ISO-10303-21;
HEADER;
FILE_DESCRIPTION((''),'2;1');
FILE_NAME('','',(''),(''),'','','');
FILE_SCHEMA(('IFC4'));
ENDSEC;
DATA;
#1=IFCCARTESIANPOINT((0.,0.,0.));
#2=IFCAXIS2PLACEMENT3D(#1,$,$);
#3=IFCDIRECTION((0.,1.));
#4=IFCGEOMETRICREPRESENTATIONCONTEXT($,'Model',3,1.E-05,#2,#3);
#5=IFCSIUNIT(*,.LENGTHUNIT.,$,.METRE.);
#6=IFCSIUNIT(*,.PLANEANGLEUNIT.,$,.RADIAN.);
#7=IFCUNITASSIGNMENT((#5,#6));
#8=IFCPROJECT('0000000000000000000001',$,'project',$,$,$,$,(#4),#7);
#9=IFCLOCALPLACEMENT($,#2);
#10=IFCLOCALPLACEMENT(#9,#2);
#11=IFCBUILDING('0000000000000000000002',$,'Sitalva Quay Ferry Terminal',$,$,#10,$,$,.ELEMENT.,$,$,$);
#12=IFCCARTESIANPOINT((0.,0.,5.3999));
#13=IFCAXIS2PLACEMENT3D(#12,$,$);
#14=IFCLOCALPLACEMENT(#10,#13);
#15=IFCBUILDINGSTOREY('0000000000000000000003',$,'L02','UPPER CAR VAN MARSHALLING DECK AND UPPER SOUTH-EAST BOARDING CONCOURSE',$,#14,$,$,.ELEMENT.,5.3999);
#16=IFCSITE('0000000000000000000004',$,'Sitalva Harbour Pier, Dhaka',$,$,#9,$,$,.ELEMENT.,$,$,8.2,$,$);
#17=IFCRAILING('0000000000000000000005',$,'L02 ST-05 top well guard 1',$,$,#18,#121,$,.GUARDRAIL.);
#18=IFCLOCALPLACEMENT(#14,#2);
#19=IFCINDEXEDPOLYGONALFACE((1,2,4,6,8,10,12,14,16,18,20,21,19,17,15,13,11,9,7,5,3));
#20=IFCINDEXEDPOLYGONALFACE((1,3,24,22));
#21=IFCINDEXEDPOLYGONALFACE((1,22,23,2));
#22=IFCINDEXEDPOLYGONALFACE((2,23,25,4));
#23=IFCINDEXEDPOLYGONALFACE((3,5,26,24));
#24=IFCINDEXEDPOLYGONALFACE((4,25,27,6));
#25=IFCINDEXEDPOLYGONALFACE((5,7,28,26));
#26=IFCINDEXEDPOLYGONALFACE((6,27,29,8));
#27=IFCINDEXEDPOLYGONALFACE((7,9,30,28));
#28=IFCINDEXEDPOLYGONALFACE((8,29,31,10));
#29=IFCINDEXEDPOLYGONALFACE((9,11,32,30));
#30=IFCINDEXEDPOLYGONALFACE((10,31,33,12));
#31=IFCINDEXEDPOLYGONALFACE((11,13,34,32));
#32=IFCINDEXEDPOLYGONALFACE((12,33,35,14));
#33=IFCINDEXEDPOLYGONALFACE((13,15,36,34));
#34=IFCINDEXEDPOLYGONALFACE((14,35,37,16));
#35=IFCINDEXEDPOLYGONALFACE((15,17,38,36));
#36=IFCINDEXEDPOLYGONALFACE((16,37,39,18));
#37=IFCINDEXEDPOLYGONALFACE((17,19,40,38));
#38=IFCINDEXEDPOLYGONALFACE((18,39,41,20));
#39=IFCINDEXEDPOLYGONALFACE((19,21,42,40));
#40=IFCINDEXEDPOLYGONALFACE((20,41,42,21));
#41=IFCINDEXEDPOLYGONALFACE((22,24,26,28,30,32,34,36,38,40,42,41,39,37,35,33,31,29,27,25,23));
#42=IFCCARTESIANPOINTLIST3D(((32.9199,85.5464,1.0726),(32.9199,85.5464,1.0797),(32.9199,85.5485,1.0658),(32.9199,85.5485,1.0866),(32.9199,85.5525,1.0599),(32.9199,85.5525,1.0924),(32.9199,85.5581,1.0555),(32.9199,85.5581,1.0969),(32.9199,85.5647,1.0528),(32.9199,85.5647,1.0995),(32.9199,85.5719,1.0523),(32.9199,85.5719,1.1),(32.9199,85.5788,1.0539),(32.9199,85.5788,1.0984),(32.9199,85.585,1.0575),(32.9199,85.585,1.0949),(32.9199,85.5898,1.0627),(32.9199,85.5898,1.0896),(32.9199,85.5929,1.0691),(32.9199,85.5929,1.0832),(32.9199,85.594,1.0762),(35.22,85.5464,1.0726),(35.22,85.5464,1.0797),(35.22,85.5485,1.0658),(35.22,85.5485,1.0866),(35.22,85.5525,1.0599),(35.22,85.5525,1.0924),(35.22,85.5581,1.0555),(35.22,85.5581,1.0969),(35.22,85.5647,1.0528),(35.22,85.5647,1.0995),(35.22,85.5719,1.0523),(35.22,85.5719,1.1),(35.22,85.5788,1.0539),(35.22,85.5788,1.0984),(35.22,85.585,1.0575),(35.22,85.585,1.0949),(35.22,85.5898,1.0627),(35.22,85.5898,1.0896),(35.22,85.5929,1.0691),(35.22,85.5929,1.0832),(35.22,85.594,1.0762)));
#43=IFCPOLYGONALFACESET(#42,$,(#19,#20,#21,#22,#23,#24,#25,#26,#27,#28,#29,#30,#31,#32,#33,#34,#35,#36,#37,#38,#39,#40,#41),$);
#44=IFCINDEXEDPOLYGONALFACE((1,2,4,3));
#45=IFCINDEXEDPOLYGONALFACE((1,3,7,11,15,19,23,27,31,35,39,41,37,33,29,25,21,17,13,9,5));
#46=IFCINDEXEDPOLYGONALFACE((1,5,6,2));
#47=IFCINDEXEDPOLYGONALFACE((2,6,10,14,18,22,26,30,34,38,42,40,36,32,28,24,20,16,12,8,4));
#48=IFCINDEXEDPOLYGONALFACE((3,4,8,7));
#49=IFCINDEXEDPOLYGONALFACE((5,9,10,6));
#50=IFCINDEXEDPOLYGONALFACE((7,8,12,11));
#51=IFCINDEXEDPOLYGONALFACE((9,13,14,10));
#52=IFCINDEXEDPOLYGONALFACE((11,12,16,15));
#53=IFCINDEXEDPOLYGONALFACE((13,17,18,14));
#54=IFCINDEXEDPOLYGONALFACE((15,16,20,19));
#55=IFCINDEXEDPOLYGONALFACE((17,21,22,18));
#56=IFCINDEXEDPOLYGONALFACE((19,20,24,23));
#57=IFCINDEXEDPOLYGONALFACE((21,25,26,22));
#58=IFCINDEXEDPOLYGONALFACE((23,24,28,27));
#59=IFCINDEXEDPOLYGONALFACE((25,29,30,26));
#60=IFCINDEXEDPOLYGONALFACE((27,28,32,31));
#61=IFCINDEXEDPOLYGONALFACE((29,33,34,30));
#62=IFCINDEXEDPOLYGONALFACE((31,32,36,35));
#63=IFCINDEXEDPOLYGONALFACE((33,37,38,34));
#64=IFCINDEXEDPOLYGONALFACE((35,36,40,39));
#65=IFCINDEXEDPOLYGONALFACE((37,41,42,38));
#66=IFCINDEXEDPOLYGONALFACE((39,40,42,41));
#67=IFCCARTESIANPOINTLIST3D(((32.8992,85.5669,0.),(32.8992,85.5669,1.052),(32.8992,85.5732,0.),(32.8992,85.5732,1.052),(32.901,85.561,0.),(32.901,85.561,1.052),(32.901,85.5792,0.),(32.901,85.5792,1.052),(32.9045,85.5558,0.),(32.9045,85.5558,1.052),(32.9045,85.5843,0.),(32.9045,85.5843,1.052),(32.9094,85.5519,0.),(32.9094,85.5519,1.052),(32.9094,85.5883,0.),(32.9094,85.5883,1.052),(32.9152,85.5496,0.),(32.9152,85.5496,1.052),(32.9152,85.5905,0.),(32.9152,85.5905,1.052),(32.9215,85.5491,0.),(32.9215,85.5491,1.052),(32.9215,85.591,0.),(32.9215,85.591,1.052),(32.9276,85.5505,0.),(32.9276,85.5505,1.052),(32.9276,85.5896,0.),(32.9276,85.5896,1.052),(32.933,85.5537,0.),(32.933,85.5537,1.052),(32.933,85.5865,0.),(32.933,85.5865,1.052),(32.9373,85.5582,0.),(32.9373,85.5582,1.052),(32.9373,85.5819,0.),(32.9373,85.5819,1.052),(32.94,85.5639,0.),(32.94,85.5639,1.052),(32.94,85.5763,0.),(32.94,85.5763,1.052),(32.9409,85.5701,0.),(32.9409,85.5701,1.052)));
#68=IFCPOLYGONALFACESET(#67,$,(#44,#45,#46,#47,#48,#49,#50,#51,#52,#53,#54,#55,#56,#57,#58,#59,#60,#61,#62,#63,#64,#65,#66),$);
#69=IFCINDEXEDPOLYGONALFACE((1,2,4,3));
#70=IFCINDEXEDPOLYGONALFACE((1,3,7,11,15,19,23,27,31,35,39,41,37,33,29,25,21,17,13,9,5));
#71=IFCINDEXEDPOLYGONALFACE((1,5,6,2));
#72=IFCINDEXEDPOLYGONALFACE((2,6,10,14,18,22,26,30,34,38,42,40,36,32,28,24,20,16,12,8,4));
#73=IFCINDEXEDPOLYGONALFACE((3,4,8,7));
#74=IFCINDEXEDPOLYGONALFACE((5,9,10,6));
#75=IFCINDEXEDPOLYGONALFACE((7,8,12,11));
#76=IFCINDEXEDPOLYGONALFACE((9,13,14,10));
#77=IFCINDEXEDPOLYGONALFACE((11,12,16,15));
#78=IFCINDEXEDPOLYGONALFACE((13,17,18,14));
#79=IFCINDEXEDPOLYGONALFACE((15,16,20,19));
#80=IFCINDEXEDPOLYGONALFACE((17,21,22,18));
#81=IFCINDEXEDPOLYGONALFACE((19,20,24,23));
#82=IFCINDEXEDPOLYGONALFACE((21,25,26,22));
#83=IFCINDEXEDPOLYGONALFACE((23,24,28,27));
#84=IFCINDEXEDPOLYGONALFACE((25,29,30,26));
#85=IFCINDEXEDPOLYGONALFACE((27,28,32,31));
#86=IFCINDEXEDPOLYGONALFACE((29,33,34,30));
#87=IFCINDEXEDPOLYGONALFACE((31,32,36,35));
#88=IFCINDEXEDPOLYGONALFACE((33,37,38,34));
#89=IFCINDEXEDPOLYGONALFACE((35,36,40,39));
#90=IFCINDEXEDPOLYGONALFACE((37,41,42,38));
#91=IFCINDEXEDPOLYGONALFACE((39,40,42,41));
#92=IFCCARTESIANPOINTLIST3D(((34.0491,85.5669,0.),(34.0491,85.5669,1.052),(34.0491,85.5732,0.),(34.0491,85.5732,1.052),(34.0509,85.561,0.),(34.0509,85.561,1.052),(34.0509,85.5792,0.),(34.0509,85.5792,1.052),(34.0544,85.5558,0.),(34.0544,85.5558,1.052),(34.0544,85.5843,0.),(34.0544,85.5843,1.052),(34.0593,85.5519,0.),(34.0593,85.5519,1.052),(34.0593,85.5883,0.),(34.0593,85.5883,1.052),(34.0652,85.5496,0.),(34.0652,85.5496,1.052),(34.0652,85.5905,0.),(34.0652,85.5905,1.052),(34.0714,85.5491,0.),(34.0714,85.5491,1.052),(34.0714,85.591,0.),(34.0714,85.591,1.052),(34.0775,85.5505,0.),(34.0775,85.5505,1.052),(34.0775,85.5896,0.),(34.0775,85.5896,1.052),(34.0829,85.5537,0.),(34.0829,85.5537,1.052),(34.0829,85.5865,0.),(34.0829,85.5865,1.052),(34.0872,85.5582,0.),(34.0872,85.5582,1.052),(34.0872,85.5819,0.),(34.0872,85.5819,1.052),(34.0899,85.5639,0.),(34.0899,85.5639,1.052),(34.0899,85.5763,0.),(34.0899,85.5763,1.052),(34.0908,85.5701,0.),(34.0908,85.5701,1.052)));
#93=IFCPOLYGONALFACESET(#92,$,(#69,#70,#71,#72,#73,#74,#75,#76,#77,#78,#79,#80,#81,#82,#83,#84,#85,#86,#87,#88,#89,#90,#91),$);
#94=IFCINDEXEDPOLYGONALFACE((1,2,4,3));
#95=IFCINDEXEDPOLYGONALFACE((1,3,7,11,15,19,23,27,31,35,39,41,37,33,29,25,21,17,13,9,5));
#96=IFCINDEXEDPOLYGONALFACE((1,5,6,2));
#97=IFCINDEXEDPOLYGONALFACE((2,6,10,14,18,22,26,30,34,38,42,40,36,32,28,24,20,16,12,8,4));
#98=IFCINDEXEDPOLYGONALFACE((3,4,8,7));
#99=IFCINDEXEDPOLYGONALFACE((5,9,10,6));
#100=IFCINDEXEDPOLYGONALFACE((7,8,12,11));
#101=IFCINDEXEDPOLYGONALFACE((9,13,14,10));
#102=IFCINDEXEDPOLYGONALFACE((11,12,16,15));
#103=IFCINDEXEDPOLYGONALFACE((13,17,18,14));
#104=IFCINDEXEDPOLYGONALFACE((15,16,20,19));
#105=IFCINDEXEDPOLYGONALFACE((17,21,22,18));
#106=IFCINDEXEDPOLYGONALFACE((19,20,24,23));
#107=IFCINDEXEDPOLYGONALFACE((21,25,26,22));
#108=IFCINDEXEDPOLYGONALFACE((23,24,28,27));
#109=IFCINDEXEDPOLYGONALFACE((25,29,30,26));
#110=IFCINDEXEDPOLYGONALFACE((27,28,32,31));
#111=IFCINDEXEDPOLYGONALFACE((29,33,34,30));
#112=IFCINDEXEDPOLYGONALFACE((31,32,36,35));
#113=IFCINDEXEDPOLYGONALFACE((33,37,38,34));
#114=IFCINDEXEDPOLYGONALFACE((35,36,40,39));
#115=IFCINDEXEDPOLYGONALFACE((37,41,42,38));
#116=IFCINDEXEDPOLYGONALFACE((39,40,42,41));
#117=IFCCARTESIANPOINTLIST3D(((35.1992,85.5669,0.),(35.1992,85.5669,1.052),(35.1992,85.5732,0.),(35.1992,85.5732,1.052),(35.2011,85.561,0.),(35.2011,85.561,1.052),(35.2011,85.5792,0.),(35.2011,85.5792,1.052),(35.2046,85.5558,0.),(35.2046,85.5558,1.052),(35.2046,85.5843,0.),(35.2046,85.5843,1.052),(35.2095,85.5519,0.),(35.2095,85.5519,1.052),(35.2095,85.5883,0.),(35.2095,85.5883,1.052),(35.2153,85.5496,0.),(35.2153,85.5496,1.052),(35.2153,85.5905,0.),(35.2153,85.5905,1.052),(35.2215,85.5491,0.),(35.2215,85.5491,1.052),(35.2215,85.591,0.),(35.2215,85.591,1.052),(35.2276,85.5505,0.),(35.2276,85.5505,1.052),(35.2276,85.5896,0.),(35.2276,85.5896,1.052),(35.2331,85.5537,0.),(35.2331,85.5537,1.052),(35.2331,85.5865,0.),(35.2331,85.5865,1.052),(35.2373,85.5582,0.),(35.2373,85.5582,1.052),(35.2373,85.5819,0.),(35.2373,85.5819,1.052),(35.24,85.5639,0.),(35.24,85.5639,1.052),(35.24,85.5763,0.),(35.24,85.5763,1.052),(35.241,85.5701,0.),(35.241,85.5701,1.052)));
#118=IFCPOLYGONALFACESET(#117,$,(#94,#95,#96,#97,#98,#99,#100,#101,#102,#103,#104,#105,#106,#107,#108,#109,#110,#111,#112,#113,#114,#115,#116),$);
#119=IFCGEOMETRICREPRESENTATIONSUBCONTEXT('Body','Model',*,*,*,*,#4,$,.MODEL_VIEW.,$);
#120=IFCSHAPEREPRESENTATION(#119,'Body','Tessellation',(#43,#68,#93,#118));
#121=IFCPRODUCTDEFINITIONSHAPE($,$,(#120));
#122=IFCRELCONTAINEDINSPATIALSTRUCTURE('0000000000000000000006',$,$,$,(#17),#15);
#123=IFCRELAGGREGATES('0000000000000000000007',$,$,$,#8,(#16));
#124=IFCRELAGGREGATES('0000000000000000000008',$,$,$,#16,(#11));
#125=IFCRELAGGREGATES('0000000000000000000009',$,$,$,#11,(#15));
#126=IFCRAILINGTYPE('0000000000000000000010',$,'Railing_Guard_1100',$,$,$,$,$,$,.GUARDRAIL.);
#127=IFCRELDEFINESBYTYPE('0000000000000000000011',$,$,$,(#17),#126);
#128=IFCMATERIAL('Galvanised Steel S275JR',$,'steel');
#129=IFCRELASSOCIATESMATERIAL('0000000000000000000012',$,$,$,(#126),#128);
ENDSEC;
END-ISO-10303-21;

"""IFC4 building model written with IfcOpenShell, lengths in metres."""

from ifc_helpers import new_model, si_unit, direction, frame, origin, origin_2d, place, context, subcontext, project, spatial, circle, extrude, material, type_object, element, save


model = new_model("IFC4")

# Units and contexts
model_context = context("Model", 3, precision=1e-05, world=origin(), true_north=direction((0.0, 1.0)))
body_context = subcontext(model_context, "Body", "Model", "MODEL_VIEW")
ifc_project = project(units=[si_unit("LENGTHUNIT", "METRE"), si_unit("PLANEANGLEUNIT", "RADIAN")], contexts=[model_context])

# Site, building, storey
site_placement = place(None, origin())
site = spatial("IfcSite", under=ifc_project, at=site_placement, Name="Sitalva Harbour Pier, Dhaka", CompositionType="ELEMENT", RefElevation=8.2)
building_placement = place(site_placement, origin())
building = spatial("IfcBuilding", under=site, at=building_placement, Name="Sitalva Quay Ferry Terminal", CompositionType="ELEMENT")
storey_placement = place(building_placement, frame((0.0, 0.0, 5.3999)))
storey = spatial("IfcBuildingStorey", under=building, at=storey_placement, Name="L02", Description="UPPER CAR VAN MARSHALLING DECK AND UPPER SOUTH-EAST BOARDING CONCOURSE", CompositionType="ELEMENT", Elevation=5.3999)

# Railing
ifc_material_1 = material(Name="Galvanised Steel S275JR", Category="steel")
railing_type = type_object("IfcRailingType", Name="Railing_Guard_1100", PredefinedType="GUARDRAIL", material=ifc_material_1)
railing_placement = place(storey_placement, frame((32.9199, 85.5701, 0.0)))
element("IfcRailing", 1, at=railing_placement, inside=storey, type_object=railing_type, Name="L02 ST-05 top well guard 1", PredefinedType="GUARDRAIL", context=body_context, shape_type="SweptSolid", body=[
    extrude(circle(Radius=0.0239, at=origin_2d()), frame((0.0, 0.0, 1.0762), z_axis=(1.0, 0.0, 0.0), x_axis=(0.0, 1.0, 0.0)), (0.0, 0.0, 1.0), 2.3),
    extrude(circle(Radius=0.021, at=origin_2d()), origin(), (0.0, 0.0, 1.0), 1.052),
    extrude(circle(Radius=0.021, at=origin_2d()), frame((1.1499, 0.0, 0.0)), (0.0, 0.0, 1.0), 1.052),
    extrude(circle(Radius=0.021, at=origin_2d()), frame((2.3, 0.0, 0.0)), (0.0, 0.0, 1.0), 1.052),
])

save(model, "model.ifc")
